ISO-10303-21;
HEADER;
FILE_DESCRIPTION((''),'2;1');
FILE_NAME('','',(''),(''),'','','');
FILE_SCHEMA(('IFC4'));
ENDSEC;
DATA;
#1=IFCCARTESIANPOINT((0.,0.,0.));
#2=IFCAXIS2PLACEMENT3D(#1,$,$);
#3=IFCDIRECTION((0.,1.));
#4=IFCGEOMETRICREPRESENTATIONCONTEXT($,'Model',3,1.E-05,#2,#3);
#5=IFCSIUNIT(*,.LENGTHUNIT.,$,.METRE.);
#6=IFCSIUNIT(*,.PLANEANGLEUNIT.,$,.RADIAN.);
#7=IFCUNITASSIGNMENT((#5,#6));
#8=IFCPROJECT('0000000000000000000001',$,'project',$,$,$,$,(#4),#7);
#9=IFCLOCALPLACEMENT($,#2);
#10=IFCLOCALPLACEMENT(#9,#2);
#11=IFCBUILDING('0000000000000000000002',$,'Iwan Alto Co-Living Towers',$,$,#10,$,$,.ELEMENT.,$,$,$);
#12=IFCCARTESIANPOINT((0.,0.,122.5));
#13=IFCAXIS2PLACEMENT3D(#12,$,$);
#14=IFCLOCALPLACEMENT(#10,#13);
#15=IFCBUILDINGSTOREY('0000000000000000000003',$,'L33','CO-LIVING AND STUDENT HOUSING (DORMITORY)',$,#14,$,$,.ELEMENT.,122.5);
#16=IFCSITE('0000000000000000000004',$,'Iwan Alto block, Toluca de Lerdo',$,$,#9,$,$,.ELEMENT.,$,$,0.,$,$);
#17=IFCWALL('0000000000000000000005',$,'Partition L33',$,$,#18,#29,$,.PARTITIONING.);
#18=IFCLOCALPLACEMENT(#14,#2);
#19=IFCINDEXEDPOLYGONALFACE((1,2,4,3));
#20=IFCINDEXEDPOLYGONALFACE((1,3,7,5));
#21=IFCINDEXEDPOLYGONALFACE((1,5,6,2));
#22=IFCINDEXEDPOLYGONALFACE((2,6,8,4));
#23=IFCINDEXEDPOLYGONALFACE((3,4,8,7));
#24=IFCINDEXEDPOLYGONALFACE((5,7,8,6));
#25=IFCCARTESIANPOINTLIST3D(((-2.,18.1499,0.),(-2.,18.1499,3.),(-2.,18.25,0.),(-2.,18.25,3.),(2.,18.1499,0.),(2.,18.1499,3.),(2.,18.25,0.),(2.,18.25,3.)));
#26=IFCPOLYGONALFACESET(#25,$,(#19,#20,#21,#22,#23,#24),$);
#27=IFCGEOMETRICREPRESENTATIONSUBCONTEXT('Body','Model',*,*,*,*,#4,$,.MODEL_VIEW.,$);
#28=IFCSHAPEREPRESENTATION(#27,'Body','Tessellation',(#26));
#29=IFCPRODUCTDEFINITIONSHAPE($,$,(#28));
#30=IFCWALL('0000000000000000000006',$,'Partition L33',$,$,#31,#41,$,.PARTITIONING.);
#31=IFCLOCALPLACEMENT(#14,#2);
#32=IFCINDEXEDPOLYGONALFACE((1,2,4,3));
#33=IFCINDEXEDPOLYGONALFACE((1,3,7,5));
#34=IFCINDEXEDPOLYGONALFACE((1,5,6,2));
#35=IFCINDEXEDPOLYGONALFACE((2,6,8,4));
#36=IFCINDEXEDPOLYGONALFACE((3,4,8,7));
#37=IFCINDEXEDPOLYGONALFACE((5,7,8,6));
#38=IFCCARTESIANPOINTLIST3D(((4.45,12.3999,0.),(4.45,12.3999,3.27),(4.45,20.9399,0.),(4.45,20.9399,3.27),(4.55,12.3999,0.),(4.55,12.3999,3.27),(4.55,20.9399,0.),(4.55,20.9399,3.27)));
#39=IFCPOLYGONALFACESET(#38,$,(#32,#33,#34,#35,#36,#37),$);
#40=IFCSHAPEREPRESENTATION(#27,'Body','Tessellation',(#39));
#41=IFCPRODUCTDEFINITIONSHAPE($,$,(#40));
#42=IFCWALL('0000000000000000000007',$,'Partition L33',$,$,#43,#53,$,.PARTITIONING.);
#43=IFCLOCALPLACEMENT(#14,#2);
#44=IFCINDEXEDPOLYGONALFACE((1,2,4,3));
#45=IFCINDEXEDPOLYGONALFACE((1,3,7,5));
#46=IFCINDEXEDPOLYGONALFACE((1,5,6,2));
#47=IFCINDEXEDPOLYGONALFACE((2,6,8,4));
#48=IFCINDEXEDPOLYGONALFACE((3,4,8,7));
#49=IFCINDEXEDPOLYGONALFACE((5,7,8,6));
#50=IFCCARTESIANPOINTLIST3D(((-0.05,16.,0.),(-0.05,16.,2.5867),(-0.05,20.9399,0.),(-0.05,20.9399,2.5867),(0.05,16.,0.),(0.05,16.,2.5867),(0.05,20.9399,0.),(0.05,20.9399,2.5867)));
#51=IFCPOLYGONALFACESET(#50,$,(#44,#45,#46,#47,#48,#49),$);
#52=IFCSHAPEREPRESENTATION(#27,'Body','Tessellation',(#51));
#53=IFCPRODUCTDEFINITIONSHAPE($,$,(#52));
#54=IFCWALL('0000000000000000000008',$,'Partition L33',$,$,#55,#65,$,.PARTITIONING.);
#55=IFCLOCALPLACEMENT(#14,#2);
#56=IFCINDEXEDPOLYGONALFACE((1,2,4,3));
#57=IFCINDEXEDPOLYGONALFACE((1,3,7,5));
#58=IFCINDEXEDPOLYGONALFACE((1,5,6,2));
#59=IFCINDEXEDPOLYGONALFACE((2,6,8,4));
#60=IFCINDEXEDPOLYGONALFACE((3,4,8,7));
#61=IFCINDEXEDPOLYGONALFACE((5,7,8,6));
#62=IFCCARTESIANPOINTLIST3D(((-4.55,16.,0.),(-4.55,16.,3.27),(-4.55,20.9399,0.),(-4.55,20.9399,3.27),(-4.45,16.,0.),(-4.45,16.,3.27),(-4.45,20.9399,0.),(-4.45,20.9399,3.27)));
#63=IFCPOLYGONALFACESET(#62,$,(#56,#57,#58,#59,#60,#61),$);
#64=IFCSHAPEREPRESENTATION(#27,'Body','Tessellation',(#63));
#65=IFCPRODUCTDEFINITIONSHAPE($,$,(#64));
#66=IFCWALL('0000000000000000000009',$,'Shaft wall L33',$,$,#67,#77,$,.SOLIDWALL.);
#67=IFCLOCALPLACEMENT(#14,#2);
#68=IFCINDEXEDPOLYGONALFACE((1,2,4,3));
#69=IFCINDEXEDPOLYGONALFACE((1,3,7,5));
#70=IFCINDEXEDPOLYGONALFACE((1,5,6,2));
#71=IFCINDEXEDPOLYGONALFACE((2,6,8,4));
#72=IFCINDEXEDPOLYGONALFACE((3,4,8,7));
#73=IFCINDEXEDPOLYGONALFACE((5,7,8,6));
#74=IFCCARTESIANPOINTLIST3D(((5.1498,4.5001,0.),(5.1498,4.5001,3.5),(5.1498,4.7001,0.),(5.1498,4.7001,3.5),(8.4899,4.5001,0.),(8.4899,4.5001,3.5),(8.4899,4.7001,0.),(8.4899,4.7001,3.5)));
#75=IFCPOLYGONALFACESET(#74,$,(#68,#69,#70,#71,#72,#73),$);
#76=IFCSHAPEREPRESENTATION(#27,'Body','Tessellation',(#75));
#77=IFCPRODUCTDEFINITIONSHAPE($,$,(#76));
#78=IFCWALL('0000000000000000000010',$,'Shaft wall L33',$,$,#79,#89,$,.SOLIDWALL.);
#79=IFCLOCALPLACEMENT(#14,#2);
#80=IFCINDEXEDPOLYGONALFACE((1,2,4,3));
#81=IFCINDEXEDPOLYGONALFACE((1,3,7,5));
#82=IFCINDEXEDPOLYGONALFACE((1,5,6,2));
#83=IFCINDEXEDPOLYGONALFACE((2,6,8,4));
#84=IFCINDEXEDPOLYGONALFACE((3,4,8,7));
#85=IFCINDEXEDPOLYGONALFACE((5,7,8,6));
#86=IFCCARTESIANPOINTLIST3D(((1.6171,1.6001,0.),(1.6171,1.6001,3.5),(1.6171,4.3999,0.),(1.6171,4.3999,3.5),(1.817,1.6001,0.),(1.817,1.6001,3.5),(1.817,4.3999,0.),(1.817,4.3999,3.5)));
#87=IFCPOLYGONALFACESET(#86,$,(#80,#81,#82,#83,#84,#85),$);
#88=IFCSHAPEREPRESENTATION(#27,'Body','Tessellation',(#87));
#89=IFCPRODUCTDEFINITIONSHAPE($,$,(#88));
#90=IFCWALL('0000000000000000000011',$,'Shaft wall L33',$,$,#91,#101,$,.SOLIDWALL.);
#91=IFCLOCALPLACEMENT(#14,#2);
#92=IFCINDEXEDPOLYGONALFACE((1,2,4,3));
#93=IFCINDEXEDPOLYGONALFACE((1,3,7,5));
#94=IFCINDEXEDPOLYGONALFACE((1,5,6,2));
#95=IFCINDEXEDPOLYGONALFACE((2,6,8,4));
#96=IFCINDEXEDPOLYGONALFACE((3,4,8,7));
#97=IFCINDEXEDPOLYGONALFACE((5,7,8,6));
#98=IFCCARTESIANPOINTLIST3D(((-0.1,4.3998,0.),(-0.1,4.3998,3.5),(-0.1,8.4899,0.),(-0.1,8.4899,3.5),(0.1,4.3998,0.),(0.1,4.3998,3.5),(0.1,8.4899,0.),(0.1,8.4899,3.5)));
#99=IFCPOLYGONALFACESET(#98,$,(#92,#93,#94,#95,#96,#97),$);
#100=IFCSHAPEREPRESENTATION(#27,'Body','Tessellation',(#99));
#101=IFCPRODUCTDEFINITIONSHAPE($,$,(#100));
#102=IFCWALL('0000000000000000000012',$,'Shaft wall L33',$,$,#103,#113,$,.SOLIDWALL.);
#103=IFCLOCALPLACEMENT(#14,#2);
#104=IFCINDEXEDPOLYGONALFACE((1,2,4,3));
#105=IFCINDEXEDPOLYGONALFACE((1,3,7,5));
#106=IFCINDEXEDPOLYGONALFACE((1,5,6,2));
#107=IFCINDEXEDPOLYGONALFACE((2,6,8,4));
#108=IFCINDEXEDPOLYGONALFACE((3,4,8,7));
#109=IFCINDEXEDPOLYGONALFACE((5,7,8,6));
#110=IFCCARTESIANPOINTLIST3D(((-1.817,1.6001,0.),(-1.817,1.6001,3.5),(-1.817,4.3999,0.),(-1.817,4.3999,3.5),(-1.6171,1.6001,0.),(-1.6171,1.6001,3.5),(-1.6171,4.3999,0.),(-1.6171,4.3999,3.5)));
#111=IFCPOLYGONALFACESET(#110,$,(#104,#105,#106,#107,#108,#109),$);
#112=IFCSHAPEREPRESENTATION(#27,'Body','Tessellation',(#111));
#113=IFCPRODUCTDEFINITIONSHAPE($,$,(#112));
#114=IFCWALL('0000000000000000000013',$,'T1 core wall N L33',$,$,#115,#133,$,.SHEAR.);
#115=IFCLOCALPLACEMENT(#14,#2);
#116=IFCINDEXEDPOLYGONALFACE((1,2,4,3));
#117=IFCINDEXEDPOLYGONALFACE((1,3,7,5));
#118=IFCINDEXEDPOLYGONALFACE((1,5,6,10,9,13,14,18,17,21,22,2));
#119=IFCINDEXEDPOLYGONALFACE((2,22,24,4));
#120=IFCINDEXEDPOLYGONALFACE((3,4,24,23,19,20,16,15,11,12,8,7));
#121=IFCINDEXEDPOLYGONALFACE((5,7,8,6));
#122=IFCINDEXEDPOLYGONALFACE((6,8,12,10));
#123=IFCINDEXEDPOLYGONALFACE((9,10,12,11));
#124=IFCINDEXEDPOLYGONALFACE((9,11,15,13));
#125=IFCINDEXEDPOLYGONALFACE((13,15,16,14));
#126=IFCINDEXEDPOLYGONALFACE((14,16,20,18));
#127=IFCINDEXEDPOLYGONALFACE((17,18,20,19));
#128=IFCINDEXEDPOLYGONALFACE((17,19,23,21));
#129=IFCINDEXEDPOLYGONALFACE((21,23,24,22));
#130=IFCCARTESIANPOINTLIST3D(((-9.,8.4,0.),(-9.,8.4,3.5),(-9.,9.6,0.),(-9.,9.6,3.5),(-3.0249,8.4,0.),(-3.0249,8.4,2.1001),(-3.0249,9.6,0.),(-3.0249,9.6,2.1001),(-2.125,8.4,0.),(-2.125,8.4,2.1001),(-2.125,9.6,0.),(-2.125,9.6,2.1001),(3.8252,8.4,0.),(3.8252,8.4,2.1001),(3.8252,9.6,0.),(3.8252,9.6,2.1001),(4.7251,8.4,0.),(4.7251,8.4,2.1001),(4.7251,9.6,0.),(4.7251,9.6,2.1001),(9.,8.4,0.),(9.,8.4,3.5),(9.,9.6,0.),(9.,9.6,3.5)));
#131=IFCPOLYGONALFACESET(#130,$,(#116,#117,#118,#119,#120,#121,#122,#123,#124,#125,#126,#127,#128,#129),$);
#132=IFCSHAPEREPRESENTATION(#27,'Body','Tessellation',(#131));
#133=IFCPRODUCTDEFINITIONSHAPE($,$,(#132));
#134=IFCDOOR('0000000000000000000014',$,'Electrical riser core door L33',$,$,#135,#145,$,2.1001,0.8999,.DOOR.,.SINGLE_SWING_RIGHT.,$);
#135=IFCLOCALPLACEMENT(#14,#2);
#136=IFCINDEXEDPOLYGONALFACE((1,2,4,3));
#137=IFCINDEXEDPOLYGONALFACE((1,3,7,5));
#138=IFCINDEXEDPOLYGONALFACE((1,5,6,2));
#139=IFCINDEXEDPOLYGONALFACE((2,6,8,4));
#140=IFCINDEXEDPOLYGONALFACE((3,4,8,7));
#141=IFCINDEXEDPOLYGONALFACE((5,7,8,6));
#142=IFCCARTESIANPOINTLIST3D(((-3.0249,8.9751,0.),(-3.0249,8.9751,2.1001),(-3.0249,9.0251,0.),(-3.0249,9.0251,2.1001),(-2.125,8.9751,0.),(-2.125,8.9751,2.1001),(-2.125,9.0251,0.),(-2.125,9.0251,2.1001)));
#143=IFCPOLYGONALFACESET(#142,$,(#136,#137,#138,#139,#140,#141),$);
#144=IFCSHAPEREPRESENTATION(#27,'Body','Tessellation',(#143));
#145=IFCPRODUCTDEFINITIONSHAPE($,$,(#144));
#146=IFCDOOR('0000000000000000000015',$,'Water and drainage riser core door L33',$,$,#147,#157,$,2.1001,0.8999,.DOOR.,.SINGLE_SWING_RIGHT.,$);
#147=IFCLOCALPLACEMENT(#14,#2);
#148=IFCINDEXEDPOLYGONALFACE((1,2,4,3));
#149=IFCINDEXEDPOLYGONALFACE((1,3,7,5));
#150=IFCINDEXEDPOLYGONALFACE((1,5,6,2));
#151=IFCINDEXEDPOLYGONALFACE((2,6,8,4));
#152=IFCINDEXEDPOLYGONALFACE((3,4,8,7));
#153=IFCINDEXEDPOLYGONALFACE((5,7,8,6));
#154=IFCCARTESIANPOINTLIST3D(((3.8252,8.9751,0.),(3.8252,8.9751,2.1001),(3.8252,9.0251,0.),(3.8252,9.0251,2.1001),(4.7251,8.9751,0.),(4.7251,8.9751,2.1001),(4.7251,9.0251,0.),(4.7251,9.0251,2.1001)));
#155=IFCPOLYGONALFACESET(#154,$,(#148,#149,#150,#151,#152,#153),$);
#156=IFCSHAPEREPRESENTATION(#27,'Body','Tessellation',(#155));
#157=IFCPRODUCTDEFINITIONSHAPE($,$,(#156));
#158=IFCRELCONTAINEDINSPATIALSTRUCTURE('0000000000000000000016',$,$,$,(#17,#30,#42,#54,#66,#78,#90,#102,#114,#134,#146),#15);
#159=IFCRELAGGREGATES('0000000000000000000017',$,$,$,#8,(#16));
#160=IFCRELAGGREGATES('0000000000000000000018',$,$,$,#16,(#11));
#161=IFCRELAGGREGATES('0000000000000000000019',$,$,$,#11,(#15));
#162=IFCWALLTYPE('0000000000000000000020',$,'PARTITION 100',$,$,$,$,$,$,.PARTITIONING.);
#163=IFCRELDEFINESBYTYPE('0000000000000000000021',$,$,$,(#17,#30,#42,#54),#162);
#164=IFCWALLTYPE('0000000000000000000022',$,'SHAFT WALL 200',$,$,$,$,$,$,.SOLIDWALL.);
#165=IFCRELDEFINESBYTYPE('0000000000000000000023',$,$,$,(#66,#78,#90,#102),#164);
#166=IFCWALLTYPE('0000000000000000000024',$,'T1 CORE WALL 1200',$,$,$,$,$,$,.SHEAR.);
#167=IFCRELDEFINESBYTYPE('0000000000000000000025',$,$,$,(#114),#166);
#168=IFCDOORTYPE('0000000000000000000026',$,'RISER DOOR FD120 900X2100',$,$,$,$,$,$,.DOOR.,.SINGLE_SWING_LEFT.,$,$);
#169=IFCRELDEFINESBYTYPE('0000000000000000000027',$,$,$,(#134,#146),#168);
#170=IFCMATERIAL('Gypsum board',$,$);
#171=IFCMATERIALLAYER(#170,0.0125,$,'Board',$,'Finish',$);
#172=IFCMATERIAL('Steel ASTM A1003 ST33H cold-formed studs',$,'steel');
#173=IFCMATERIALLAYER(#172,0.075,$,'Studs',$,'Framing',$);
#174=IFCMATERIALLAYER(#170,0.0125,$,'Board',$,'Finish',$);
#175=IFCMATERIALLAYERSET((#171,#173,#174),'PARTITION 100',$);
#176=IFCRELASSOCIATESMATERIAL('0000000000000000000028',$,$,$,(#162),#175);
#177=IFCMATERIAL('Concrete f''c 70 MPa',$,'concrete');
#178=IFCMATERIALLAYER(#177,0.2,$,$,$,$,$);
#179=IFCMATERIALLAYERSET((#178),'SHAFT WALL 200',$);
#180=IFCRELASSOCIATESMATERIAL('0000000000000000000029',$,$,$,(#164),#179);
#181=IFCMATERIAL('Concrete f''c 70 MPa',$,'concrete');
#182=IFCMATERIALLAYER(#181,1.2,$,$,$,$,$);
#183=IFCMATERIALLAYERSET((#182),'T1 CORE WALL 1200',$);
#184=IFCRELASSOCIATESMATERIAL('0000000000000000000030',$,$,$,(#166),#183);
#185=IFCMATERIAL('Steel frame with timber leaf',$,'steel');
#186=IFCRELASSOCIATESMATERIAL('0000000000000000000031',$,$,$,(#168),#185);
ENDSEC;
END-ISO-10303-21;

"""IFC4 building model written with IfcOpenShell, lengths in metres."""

from ifc_helpers import new_model, si_unit, direction, frame, frame_2d, origin, place, context, subcontext, project, spatial, rectangle, extrude, material, layer, layer_set, type_object, element, fill, save


model = new_model("IFC4")

# Units and contexts
model_context = context("Model", 3, precision=1e-05, world=origin(), true_north=direction((0.0, 1.0)))
body_context = subcontext(model_context, "Body", "Model", "MODEL_VIEW")
ifc_project = project(units=[si_unit("LENGTHUNIT", "METRE"), si_unit("PLANEANGLEUNIT", "RADIAN")], contexts=[model_context])

# Site, building, storey
site_placement = place(None, origin())
site = spatial("IfcSite", under=ifc_project, at=site_placement, Name="Iwan Alto block, Toluca de Lerdo", CompositionType="ELEMENT", RefElevation=0.0)
building_placement = place(site_placement, origin())
building = spatial("IfcBuilding", under=site, at=building_placement, Name="Iwan Alto Co-Living Towers", CompositionType="ELEMENT")
storey_placement = place(building_placement, frame((0.0, 0.0, 122.5)))
storey = spatial("IfcBuildingStorey", under=building, at=storey_placement, Name="L33", Description="CO-LIVING AND STUDENT HOUSING (DORMITORY)", CompositionType="ELEMENT", Elevation=122.5)

# Walls
ifc_material_1 = material(Name="Gypsum board")
ifc_layer_1 = layer(ifc_material_1, 0.0125, Name="Board", Category="Finish")
ifc_material_2 = material(Name="Steel ASTM A1003 ST33H cold-formed studs", Category="steel")
ifc_layer_2 = layer(ifc_material_2, 0.075, Name="Studs", Category="Framing")
ifc_layer_3 = layer(ifc_material_1, 0.0125, Name="Board", Category="Finish")
ifc_layer_set_1 = layer_set([ifc_layer_1, ifc_layer_2, ifc_layer_3], Name="PARTITION 100")
wall_type_1 = type_object("IfcWallType", Name="PARTITION 100", PredefinedType="PARTITIONING", material=ifc_layer_set_1)
wall_1_placement = place(storey_placement, frame((-2.0, 18.2, 0.0), z_axis=(0.0, 0.0, 1.0), x_axis=(1.0, 0.0, 0.0)))
element("IfcWall", 1, at=wall_1_placement, inside=storey, type_object=wall_type_1, Name="Partition L33", PredefinedType="PARTITIONING", context=body_context, shape_type="SweptSolid", body=[
    extrude(rectangle(XDim=4.0, YDim=0.1001, at=frame_2d((2.0, 0.0))), origin(), (0.0, 0.0, 1.0), 3.0),
])
wall_2_placement = place(storey_placement, frame((4.5, 12.3999, 0.0), z_axis=(0.0, 0.0, 1.0), x_axis=(0.0, 1.0, 0.0)))
element("IfcWall", 2, at=wall_2_placement, inside=storey, type_object=wall_type_1, Name="Partition L33", PredefinedType="PARTITIONING", context=body_context, shape_type="SweptSolid", body=[
    extrude(rectangle(XDim=8.54, YDim=0.1001, at=frame_2d((4.27, 0.0))), origin(), (0.0, 0.0, 1.0), 3.27),
])
wall_3_placement = place(storey_placement, frame((0.0, 16.0, 0.0), z_axis=(0.0, 0.0, 1.0), x_axis=(0.0, 1.0, 0.0)))
element("IfcWall", 3, at=wall_3_placement, inside=storey, type_object=wall_type_1, Name="Partition L33", PredefinedType="PARTITIONING", context=body_context, shape_type="SweptSolid", body=[
    extrude(rectangle(XDim=4.9399, YDim=0.1001, at=frame_2d((2.47, 0.0))), origin(), (0.0, 0.0, 1.0), 2.5867),
])
wall_4_placement = place(storey_placement, frame((-4.5, 16.0, 0.0), z_axis=(0.0, 0.0, 1.0), x_axis=(0.0, 1.0, 0.0)))
element("IfcWall", 4, at=wall_4_placement, inside=storey, type_object=wall_type_1, Name="Partition L33", PredefinedType="PARTITIONING", context=body_context, shape_type="SweptSolid", body=[
    extrude(rectangle(XDim=4.9399, YDim=0.1001, at=frame_2d((2.47, 0.0))), origin(), (0.0, 0.0, 1.0), 3.27),
])
ifc_material_3 = material(Name="Concrete f'c 70 MPa", Category="concrete")
ifc_layer_4 = layer(ifc_material_3, 0.2)
ifc_layer_set_2 = layer_set([ifc_layer_4], Name="SHAFT WALL 200")
wall_type_2 = type_object("IfcWallType", Name="SHAFT WALL 200", PredefinedType="SOLIDWALL", material=ifc_layer_set_2)
wall_5_placement = place(storey_placement, frame((5.1499, 4.6001, 0.0), z_axis=(0.0, 0.0, 1.0), x_axis=(1.0, 0.0, 0.0)))
element("IfcWall", 5, at=wall_5_placement, inside=storey, type_object=wall_type_2, Name="Shaft wall L33", PredefinedType="SOLIDWALL", context=body_context, shape_type="SweptSolid", body=[
    extrude(rectangle(XDim=3.3401, YDim=0.2, at=frame_2d((1.6699, 0.0))), origin(), (0.0, 0.0, 1.0), 3.5),
])
wall_6_placement = place(storey_placement, frame((1.717, 1.6001, 0.0), z_axis=(0.0, 0.0, 1.0), x_axis=(0.0, 1.0, 0.0)))
element("IfcWall", 6, at=wall_6_placement, inside=storey, type_object=wall_type_2, Name="Shaft wall L33", PredefinedType="SOLIDWALL", context=body_context, shape_type="SweptSolid", body=[
    extrude(rectangle(XDim=2.7998, YDim=0.2, at=frame_2d((1.3999, 0.0))), origin(), (0.0, 0.0, 1.0), 3.5),
])
wall_7_placement = place(storey_placement, frame((0.0, 4.3999, 0.0), z_axis=(0.0, 0.0, 1.0), x_axis=(0.0, 1.0, 0.0)))
element("IfcWall", 7, at=wall_7_placement, inside=storey, type_object=wall_type_2, Name="Shaft wall L33", PredefinedType="SOLIDWALL", context=body_context, shape_type="SweptSolid", body=[
    extrude(rectangle(XDim=4.0901, YDim=0.2, at=frame_2d((2.0449, 0.0))), origin(), (0.0, 0.0, 1.0), 3.5),
])
wall_8_placement = place(storey_placement, frame((-1.717, 1.6001, 0.0), z_axis=(0.0, 0.0, 1.0), x_axis=(0.0, 1.0, 0.0)))
element("IfcWall", 8, at=wall_8_placement, inside=storey, type_object=wall_type_2, Name="Shaft wall L33", PredefinedType="SOLIDWALL", context=body_context, shape_type="SweptSolid", body=[
    extrude(rectangle(XDim=2.7998, YDim=0.2, at=frame_2d((1.3999, 0.0))), origin(), (0.0, 0.0, 1.0), 3.5),
])

# Wall, openings, doors
ifc_material_4 = material(Name="Concrete f'c 70 MPa", Category="concrete")
ifc_layer_5 = layer(ifc_material_4, 1.2)
ifc_layer_set_3 = layer_set([ifc_layer_5], Name="T1 CORE WALL 1200")
wall_type_3 = type_object("IfcWallType", Name="T1 CORE WALL 1200", PredefinedType="SHEAR", material=ifc_layer_set_3)
wall_9_placement = place(storey_placement, frame((9.0, 9.0, 0.0), z_axis=(0.0, 0.0, 1.0), x_axis=(-1.0, 0.0, 0.0)))
wall_9 = element("IfcWall", 9, at=wall_9_placement, inside=storey, type_object=wall_type_3, Name="T1 core wall N L33", PredefinedType="SHEAR", context=body_context, shape_type="SweptSolid", body=[
    extrude(rectangle(XDim=18.0, YDim=1.2, at=frame_2d((9.0, 0.0))), origin(), (0.0, 0.0, 1.0), 3.5),
])
opening_1_placement = place(wall_9_placement, frame((11.125, 0.0, 0.0)))
opening_1 = element("IfcOpeningElement", 10, at=opening_1_placement, cuts=wall_9, PredefinedType="OPENING", context=body_context, shape_type="SweptSolid", body=[
    extrude(rectangle(XDim=0.8999, YDim=2.1001, at=frame_2d((0.45, 1.05))), frame((0.0, 0.6099, 0.0), z_axis=(0.0, -1.0, 0.0), x_axis=(1.0, 0.0, 0.0)), (0.0, 0.0, 1.0), 1.22),
])
opening_2_placement = place(wall_9_placement, frame((4.2749, 0.0, 0.0)))
opening_2 = element("IfcOpeningElement", 11, at=opening_2_placement, cuts=wall_9, PredefinedType="OPENING", context=body_context, shape_type="SweptSolid", body=[
    extrude(rectangle(XDim=0.8999, YDim=2.1001, at=frame_2d((0.45, 1.05))), frame((0.0, 0.6099, 0.0), z_axis=(0.0, -1.0, 0.0), x_axis=(1.0, 0.0, 0.0)), (0.0, 0.0, 1.0), 1.22),
])
ifc_material_5 = material(Name="Steel frame with timber leaf", Category="steel")
door_type_1 = type_object("IfcDoorType", Name="RISER DOOR FD120 900X2100", OperationType="SINGLE_SWING_LEFT", PredefinedType="DOOR", material=ifc_material_5)
door_1_placement = place(opening_1_placement, origin())
door_1 = element("IfcDoor", 12, at=door_1_placement, inside=storey, type_object=door_type_1, Name="Electrical riser core door L33", OperationType="SINGLE_SWING_RIGHT", OverallHeight=2.1001, OverallWidth=0.8999, PredefinedType="DOOR", context=body_context, shape_type="SweptSolid", body=[
    extrude(rectangle(XDim=0.8999, YDim=2.1001, at=frame_2d((0.45, 1.05))), frame((0.0, 0.0249, 0.0), z_axis=(0.0, -1.0, 0.0), x_axis=(1.0, 0.0, 0.0)), (0.0, 0.0, 1.0), 0.05),
])
fill(opening_1, door_1)
door_2_placement = place(opening_2_placement, origin())
door_2 = element("IfcDoor", 13, at=door_2_placement, inside=storey, type_object=door_type_1, Name="Water and drainage riser core door L33", OperationType="SINGLE_SWING_RIGHT", OverallHeight=2.1001, OverallWidth=0.8999, PredefinedType="DOOR", context=body_context, shape_type="SweptSolid", body=[
    extrude(rectangle(XDim=0.8999, YDim=2.1001, at=frame_2d((0.45, 1.05))), frame((0.0, 0.0249, 0.0), z_axis=(0.0, -1.0, 0.0), x_axis=(1.0, 0.0, 0.0)), (0.0, 0.0, 1.0), 0.05),
])
fill(opening_2, door_2)

save(model, "model.ifc")
